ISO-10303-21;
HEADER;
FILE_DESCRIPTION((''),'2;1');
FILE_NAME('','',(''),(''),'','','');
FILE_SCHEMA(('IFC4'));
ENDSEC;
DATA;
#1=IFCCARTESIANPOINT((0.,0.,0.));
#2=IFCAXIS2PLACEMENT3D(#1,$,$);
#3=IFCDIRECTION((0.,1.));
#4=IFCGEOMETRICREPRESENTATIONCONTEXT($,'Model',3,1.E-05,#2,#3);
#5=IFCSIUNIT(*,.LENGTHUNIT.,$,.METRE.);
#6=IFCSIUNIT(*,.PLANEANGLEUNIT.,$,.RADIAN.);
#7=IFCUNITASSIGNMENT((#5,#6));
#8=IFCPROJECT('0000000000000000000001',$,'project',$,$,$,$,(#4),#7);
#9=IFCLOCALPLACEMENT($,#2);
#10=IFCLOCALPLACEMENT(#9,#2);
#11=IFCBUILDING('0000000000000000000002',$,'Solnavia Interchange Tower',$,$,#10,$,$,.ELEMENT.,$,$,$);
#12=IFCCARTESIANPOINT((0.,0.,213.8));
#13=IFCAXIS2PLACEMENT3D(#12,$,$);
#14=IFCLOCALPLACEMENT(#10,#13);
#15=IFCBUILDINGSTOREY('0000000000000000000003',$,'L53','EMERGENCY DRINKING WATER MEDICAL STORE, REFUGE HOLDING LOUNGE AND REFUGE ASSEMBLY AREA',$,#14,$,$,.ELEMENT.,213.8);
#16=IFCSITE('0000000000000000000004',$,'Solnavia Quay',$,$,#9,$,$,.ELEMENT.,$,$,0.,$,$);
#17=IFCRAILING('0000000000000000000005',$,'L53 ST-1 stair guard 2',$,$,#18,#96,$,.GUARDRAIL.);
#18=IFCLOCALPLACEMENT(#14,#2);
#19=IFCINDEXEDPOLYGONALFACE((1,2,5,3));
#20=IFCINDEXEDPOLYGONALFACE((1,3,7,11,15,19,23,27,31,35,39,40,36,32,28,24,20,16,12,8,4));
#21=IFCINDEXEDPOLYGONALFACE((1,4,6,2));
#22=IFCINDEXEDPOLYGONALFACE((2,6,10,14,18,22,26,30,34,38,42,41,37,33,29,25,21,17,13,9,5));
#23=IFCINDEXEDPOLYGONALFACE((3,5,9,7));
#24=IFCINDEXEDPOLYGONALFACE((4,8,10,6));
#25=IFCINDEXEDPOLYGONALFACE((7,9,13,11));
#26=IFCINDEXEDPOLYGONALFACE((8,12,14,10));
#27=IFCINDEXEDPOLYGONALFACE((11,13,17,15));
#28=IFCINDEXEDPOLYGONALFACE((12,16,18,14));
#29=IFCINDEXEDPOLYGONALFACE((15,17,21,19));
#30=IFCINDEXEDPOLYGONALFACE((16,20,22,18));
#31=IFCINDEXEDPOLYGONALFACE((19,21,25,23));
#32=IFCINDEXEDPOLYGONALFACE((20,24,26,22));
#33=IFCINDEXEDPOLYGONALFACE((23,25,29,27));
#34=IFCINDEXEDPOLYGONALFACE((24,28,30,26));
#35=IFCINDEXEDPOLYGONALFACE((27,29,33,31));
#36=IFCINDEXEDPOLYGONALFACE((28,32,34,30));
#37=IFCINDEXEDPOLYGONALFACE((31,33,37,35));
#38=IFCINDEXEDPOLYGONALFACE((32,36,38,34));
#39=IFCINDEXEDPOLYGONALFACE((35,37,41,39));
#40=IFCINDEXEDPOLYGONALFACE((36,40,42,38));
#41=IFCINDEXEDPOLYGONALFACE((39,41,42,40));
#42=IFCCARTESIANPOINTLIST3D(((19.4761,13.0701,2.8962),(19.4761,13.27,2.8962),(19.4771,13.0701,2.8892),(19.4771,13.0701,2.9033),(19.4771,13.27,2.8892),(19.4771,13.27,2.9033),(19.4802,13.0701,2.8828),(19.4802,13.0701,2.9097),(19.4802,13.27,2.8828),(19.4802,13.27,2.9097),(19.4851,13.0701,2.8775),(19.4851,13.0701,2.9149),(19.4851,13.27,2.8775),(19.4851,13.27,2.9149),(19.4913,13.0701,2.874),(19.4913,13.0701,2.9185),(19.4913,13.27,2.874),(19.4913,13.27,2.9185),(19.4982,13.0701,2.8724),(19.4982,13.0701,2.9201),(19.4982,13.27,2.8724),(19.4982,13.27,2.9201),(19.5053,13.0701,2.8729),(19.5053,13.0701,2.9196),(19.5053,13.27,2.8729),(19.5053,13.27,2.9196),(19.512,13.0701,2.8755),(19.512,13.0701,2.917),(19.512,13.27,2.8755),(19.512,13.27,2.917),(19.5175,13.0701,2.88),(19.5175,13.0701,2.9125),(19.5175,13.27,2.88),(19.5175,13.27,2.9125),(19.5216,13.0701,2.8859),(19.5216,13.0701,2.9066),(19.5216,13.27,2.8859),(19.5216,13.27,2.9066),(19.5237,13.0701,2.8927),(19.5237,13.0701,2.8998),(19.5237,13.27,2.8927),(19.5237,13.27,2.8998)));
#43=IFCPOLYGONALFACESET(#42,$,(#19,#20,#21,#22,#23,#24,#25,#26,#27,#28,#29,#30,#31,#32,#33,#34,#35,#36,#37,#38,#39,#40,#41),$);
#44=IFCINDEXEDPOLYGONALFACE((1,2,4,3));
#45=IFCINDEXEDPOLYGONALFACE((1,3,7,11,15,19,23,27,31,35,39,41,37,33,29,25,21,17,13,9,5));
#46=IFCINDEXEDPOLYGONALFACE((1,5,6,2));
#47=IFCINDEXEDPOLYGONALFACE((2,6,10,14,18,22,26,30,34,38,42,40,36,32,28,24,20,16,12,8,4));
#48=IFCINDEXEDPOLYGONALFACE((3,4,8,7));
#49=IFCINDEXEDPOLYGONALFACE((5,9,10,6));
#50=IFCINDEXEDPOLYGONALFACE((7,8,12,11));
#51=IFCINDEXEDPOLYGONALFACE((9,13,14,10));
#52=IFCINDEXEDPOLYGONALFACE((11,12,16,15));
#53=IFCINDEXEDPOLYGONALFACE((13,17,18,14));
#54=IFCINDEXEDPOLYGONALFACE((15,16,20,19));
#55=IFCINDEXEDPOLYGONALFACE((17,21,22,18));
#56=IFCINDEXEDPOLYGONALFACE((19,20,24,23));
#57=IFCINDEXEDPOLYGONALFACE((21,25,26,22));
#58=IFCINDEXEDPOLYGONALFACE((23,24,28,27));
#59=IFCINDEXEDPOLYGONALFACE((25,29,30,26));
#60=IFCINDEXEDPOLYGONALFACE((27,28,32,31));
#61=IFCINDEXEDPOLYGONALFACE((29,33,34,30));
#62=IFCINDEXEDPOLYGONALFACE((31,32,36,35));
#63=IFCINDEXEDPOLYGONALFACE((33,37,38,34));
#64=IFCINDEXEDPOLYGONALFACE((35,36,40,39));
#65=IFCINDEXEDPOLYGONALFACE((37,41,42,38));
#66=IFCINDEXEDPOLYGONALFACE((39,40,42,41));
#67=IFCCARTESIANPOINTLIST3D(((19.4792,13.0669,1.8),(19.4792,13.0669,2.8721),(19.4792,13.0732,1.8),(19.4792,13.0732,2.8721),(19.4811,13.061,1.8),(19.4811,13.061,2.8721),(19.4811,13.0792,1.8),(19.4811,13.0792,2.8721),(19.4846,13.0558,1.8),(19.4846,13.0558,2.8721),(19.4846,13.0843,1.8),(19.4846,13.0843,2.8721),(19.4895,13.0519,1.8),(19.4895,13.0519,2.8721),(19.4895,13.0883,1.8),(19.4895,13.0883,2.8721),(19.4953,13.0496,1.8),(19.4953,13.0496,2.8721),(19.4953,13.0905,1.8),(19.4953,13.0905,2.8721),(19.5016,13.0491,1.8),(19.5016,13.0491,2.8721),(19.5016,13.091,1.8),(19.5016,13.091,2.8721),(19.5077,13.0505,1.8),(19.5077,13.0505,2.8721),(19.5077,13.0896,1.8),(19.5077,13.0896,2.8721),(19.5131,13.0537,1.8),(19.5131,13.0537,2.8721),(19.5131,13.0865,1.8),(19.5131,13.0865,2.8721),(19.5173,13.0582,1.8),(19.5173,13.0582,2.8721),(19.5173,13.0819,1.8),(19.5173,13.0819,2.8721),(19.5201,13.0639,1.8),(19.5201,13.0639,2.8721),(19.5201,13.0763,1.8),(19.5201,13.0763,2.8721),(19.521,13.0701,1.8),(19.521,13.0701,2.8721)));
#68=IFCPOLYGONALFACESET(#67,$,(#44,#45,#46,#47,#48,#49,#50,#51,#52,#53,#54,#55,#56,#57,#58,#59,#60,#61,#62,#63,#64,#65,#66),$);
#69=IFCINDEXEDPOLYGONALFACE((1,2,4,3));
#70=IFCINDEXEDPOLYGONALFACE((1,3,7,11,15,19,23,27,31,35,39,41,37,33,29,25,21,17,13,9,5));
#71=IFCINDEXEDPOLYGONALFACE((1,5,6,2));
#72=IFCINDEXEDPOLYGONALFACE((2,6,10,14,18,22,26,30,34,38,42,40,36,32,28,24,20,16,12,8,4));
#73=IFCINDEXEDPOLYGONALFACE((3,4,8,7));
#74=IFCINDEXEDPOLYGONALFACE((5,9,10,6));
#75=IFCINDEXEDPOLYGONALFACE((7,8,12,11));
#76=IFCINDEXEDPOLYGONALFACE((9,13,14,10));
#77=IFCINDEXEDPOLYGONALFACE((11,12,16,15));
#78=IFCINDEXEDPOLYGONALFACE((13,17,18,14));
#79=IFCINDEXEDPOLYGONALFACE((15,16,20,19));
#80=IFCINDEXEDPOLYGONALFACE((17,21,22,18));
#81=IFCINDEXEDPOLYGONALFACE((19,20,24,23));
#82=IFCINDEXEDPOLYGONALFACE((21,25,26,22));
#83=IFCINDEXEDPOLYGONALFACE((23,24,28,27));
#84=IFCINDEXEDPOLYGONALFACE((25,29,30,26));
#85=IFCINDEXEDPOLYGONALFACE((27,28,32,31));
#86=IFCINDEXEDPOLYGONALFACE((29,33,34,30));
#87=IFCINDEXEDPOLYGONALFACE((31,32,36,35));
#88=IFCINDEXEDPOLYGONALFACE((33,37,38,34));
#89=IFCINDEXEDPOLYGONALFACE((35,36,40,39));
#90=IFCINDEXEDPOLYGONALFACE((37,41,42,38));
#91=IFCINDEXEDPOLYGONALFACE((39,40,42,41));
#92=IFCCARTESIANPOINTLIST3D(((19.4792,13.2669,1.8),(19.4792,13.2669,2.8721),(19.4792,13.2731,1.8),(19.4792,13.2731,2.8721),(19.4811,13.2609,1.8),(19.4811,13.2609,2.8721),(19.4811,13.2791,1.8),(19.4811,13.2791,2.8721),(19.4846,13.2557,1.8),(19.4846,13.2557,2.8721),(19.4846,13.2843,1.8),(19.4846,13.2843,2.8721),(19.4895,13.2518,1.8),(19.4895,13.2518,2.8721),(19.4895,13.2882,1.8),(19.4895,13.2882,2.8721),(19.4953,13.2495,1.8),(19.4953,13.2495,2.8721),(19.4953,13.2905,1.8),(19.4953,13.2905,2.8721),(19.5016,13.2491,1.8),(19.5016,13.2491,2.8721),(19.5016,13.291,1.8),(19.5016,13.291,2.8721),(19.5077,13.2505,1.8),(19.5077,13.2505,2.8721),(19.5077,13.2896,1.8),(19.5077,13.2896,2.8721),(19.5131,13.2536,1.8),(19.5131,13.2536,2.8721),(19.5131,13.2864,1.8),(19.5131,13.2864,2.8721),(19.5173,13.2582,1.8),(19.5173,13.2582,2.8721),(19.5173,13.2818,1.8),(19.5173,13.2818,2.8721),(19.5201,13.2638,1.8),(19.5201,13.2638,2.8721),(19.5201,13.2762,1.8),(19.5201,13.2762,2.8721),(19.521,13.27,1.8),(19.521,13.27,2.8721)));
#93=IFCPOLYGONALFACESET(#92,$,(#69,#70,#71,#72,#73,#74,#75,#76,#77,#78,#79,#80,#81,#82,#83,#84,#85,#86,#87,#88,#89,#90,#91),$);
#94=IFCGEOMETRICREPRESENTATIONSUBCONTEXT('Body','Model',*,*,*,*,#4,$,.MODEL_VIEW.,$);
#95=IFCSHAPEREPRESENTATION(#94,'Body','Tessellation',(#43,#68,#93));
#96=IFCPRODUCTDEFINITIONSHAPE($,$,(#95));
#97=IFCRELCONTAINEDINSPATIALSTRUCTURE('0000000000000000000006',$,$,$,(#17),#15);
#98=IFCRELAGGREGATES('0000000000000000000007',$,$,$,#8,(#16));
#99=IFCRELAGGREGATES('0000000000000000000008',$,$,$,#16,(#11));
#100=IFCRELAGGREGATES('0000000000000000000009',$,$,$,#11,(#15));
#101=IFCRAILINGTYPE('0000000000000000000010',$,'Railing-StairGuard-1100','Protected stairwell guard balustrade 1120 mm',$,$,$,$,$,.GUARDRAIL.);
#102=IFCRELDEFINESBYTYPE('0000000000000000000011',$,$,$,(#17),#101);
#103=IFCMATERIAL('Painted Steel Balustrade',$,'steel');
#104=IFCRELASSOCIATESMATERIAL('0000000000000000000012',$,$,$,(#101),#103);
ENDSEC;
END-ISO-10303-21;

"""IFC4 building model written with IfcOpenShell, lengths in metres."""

from ifc_helpers import new_model, si_unit, direction, frame, origin, origin_2d, place, context, subcontext, project, spatial, circle, extrude, material, type_object, element, save


model = new_model("IFC4")

# Units and contexts
model_context = context("Model", 3, precision=1e-05, world=origin(), true_north=direction((0.0, 1.0)))
body_context = subcontext(model_context, "Body", "Model", "MODEL_VIEW")
ifc_project = project(units=[si_unit("LENGTHUNIT", "METRE"), si_unit("PLANEANGLEUNIT", "RADIAN")], contexts=[model_context])

# Site, building, storey
site_placement = place(None, origin())
site = spatial("IfcSite", under=ifc_project, at=site_placement, Name="Solnavia Quay", CompositionType="ELEMENT", RefElevation=0.0)
building_placement = place(site_placement, origin())
building = spatial("IfcBuilding", under=site, at=building_placement, Name="Solnavia Interchange Tower", CompositionType="ELEMENT")
storey_placement = place(building_placement, frame((0.0, 0.0, 213.8)))
storey = spatial("IfcBuildingStorey", under=building, at=storey_placement, Name="L53", Description="EMERGENCY DRINKING WATER MEDICAL STORE, REFUGE HOLDING LOUNGE AND REFUGE ASSEMBLY AREA", CompositionType="ELEMENT", Elevation=213.8)

# Railing
ifc_material_1 = material(Name="Painted Steel Balustrade", Category="steel")
railing_type_1 = type_object("IfcRailingType", Name="Railing-StairGuard-1100", Description="Protected stairwell guard balustrade 1120 mm", PredefinedType="GUARDRAIL", material=ifc_material_1)
railing_1_placement = place(storey_placement, frame((19.5, 13.0701, 1.8)))
element("IfcRailing", 1, at=railing_1_placement, inside=storey, type_object=railing_type_1, Name="L53 ST-1 stair guard 2", PredefinedType="GUARDRAIL", context=body_context, shape_type="SweptSolid", body=[
    extrude(circle(Radius=0.0239, at=origin_2d()), frame((0.0, 0.0, 1.0962), z_axis=(0.0, 1.0, 0.0), x_axis=(-1.0, 0.0, 0.0)), (0.0, 0.0, 1.0), 0.2),
    extrude(circle(Radius=0.021, at=origin_2d()), origin(), (0.0, 0.0, 1.0), 1.072),
    extrude(circle(Radius=0.021, at=origin_2d()), frame((0.0, 0.2, 0.0)), (0.0, 0.0, 1.0), 1.072),
])

save(model, "model.ifc")
